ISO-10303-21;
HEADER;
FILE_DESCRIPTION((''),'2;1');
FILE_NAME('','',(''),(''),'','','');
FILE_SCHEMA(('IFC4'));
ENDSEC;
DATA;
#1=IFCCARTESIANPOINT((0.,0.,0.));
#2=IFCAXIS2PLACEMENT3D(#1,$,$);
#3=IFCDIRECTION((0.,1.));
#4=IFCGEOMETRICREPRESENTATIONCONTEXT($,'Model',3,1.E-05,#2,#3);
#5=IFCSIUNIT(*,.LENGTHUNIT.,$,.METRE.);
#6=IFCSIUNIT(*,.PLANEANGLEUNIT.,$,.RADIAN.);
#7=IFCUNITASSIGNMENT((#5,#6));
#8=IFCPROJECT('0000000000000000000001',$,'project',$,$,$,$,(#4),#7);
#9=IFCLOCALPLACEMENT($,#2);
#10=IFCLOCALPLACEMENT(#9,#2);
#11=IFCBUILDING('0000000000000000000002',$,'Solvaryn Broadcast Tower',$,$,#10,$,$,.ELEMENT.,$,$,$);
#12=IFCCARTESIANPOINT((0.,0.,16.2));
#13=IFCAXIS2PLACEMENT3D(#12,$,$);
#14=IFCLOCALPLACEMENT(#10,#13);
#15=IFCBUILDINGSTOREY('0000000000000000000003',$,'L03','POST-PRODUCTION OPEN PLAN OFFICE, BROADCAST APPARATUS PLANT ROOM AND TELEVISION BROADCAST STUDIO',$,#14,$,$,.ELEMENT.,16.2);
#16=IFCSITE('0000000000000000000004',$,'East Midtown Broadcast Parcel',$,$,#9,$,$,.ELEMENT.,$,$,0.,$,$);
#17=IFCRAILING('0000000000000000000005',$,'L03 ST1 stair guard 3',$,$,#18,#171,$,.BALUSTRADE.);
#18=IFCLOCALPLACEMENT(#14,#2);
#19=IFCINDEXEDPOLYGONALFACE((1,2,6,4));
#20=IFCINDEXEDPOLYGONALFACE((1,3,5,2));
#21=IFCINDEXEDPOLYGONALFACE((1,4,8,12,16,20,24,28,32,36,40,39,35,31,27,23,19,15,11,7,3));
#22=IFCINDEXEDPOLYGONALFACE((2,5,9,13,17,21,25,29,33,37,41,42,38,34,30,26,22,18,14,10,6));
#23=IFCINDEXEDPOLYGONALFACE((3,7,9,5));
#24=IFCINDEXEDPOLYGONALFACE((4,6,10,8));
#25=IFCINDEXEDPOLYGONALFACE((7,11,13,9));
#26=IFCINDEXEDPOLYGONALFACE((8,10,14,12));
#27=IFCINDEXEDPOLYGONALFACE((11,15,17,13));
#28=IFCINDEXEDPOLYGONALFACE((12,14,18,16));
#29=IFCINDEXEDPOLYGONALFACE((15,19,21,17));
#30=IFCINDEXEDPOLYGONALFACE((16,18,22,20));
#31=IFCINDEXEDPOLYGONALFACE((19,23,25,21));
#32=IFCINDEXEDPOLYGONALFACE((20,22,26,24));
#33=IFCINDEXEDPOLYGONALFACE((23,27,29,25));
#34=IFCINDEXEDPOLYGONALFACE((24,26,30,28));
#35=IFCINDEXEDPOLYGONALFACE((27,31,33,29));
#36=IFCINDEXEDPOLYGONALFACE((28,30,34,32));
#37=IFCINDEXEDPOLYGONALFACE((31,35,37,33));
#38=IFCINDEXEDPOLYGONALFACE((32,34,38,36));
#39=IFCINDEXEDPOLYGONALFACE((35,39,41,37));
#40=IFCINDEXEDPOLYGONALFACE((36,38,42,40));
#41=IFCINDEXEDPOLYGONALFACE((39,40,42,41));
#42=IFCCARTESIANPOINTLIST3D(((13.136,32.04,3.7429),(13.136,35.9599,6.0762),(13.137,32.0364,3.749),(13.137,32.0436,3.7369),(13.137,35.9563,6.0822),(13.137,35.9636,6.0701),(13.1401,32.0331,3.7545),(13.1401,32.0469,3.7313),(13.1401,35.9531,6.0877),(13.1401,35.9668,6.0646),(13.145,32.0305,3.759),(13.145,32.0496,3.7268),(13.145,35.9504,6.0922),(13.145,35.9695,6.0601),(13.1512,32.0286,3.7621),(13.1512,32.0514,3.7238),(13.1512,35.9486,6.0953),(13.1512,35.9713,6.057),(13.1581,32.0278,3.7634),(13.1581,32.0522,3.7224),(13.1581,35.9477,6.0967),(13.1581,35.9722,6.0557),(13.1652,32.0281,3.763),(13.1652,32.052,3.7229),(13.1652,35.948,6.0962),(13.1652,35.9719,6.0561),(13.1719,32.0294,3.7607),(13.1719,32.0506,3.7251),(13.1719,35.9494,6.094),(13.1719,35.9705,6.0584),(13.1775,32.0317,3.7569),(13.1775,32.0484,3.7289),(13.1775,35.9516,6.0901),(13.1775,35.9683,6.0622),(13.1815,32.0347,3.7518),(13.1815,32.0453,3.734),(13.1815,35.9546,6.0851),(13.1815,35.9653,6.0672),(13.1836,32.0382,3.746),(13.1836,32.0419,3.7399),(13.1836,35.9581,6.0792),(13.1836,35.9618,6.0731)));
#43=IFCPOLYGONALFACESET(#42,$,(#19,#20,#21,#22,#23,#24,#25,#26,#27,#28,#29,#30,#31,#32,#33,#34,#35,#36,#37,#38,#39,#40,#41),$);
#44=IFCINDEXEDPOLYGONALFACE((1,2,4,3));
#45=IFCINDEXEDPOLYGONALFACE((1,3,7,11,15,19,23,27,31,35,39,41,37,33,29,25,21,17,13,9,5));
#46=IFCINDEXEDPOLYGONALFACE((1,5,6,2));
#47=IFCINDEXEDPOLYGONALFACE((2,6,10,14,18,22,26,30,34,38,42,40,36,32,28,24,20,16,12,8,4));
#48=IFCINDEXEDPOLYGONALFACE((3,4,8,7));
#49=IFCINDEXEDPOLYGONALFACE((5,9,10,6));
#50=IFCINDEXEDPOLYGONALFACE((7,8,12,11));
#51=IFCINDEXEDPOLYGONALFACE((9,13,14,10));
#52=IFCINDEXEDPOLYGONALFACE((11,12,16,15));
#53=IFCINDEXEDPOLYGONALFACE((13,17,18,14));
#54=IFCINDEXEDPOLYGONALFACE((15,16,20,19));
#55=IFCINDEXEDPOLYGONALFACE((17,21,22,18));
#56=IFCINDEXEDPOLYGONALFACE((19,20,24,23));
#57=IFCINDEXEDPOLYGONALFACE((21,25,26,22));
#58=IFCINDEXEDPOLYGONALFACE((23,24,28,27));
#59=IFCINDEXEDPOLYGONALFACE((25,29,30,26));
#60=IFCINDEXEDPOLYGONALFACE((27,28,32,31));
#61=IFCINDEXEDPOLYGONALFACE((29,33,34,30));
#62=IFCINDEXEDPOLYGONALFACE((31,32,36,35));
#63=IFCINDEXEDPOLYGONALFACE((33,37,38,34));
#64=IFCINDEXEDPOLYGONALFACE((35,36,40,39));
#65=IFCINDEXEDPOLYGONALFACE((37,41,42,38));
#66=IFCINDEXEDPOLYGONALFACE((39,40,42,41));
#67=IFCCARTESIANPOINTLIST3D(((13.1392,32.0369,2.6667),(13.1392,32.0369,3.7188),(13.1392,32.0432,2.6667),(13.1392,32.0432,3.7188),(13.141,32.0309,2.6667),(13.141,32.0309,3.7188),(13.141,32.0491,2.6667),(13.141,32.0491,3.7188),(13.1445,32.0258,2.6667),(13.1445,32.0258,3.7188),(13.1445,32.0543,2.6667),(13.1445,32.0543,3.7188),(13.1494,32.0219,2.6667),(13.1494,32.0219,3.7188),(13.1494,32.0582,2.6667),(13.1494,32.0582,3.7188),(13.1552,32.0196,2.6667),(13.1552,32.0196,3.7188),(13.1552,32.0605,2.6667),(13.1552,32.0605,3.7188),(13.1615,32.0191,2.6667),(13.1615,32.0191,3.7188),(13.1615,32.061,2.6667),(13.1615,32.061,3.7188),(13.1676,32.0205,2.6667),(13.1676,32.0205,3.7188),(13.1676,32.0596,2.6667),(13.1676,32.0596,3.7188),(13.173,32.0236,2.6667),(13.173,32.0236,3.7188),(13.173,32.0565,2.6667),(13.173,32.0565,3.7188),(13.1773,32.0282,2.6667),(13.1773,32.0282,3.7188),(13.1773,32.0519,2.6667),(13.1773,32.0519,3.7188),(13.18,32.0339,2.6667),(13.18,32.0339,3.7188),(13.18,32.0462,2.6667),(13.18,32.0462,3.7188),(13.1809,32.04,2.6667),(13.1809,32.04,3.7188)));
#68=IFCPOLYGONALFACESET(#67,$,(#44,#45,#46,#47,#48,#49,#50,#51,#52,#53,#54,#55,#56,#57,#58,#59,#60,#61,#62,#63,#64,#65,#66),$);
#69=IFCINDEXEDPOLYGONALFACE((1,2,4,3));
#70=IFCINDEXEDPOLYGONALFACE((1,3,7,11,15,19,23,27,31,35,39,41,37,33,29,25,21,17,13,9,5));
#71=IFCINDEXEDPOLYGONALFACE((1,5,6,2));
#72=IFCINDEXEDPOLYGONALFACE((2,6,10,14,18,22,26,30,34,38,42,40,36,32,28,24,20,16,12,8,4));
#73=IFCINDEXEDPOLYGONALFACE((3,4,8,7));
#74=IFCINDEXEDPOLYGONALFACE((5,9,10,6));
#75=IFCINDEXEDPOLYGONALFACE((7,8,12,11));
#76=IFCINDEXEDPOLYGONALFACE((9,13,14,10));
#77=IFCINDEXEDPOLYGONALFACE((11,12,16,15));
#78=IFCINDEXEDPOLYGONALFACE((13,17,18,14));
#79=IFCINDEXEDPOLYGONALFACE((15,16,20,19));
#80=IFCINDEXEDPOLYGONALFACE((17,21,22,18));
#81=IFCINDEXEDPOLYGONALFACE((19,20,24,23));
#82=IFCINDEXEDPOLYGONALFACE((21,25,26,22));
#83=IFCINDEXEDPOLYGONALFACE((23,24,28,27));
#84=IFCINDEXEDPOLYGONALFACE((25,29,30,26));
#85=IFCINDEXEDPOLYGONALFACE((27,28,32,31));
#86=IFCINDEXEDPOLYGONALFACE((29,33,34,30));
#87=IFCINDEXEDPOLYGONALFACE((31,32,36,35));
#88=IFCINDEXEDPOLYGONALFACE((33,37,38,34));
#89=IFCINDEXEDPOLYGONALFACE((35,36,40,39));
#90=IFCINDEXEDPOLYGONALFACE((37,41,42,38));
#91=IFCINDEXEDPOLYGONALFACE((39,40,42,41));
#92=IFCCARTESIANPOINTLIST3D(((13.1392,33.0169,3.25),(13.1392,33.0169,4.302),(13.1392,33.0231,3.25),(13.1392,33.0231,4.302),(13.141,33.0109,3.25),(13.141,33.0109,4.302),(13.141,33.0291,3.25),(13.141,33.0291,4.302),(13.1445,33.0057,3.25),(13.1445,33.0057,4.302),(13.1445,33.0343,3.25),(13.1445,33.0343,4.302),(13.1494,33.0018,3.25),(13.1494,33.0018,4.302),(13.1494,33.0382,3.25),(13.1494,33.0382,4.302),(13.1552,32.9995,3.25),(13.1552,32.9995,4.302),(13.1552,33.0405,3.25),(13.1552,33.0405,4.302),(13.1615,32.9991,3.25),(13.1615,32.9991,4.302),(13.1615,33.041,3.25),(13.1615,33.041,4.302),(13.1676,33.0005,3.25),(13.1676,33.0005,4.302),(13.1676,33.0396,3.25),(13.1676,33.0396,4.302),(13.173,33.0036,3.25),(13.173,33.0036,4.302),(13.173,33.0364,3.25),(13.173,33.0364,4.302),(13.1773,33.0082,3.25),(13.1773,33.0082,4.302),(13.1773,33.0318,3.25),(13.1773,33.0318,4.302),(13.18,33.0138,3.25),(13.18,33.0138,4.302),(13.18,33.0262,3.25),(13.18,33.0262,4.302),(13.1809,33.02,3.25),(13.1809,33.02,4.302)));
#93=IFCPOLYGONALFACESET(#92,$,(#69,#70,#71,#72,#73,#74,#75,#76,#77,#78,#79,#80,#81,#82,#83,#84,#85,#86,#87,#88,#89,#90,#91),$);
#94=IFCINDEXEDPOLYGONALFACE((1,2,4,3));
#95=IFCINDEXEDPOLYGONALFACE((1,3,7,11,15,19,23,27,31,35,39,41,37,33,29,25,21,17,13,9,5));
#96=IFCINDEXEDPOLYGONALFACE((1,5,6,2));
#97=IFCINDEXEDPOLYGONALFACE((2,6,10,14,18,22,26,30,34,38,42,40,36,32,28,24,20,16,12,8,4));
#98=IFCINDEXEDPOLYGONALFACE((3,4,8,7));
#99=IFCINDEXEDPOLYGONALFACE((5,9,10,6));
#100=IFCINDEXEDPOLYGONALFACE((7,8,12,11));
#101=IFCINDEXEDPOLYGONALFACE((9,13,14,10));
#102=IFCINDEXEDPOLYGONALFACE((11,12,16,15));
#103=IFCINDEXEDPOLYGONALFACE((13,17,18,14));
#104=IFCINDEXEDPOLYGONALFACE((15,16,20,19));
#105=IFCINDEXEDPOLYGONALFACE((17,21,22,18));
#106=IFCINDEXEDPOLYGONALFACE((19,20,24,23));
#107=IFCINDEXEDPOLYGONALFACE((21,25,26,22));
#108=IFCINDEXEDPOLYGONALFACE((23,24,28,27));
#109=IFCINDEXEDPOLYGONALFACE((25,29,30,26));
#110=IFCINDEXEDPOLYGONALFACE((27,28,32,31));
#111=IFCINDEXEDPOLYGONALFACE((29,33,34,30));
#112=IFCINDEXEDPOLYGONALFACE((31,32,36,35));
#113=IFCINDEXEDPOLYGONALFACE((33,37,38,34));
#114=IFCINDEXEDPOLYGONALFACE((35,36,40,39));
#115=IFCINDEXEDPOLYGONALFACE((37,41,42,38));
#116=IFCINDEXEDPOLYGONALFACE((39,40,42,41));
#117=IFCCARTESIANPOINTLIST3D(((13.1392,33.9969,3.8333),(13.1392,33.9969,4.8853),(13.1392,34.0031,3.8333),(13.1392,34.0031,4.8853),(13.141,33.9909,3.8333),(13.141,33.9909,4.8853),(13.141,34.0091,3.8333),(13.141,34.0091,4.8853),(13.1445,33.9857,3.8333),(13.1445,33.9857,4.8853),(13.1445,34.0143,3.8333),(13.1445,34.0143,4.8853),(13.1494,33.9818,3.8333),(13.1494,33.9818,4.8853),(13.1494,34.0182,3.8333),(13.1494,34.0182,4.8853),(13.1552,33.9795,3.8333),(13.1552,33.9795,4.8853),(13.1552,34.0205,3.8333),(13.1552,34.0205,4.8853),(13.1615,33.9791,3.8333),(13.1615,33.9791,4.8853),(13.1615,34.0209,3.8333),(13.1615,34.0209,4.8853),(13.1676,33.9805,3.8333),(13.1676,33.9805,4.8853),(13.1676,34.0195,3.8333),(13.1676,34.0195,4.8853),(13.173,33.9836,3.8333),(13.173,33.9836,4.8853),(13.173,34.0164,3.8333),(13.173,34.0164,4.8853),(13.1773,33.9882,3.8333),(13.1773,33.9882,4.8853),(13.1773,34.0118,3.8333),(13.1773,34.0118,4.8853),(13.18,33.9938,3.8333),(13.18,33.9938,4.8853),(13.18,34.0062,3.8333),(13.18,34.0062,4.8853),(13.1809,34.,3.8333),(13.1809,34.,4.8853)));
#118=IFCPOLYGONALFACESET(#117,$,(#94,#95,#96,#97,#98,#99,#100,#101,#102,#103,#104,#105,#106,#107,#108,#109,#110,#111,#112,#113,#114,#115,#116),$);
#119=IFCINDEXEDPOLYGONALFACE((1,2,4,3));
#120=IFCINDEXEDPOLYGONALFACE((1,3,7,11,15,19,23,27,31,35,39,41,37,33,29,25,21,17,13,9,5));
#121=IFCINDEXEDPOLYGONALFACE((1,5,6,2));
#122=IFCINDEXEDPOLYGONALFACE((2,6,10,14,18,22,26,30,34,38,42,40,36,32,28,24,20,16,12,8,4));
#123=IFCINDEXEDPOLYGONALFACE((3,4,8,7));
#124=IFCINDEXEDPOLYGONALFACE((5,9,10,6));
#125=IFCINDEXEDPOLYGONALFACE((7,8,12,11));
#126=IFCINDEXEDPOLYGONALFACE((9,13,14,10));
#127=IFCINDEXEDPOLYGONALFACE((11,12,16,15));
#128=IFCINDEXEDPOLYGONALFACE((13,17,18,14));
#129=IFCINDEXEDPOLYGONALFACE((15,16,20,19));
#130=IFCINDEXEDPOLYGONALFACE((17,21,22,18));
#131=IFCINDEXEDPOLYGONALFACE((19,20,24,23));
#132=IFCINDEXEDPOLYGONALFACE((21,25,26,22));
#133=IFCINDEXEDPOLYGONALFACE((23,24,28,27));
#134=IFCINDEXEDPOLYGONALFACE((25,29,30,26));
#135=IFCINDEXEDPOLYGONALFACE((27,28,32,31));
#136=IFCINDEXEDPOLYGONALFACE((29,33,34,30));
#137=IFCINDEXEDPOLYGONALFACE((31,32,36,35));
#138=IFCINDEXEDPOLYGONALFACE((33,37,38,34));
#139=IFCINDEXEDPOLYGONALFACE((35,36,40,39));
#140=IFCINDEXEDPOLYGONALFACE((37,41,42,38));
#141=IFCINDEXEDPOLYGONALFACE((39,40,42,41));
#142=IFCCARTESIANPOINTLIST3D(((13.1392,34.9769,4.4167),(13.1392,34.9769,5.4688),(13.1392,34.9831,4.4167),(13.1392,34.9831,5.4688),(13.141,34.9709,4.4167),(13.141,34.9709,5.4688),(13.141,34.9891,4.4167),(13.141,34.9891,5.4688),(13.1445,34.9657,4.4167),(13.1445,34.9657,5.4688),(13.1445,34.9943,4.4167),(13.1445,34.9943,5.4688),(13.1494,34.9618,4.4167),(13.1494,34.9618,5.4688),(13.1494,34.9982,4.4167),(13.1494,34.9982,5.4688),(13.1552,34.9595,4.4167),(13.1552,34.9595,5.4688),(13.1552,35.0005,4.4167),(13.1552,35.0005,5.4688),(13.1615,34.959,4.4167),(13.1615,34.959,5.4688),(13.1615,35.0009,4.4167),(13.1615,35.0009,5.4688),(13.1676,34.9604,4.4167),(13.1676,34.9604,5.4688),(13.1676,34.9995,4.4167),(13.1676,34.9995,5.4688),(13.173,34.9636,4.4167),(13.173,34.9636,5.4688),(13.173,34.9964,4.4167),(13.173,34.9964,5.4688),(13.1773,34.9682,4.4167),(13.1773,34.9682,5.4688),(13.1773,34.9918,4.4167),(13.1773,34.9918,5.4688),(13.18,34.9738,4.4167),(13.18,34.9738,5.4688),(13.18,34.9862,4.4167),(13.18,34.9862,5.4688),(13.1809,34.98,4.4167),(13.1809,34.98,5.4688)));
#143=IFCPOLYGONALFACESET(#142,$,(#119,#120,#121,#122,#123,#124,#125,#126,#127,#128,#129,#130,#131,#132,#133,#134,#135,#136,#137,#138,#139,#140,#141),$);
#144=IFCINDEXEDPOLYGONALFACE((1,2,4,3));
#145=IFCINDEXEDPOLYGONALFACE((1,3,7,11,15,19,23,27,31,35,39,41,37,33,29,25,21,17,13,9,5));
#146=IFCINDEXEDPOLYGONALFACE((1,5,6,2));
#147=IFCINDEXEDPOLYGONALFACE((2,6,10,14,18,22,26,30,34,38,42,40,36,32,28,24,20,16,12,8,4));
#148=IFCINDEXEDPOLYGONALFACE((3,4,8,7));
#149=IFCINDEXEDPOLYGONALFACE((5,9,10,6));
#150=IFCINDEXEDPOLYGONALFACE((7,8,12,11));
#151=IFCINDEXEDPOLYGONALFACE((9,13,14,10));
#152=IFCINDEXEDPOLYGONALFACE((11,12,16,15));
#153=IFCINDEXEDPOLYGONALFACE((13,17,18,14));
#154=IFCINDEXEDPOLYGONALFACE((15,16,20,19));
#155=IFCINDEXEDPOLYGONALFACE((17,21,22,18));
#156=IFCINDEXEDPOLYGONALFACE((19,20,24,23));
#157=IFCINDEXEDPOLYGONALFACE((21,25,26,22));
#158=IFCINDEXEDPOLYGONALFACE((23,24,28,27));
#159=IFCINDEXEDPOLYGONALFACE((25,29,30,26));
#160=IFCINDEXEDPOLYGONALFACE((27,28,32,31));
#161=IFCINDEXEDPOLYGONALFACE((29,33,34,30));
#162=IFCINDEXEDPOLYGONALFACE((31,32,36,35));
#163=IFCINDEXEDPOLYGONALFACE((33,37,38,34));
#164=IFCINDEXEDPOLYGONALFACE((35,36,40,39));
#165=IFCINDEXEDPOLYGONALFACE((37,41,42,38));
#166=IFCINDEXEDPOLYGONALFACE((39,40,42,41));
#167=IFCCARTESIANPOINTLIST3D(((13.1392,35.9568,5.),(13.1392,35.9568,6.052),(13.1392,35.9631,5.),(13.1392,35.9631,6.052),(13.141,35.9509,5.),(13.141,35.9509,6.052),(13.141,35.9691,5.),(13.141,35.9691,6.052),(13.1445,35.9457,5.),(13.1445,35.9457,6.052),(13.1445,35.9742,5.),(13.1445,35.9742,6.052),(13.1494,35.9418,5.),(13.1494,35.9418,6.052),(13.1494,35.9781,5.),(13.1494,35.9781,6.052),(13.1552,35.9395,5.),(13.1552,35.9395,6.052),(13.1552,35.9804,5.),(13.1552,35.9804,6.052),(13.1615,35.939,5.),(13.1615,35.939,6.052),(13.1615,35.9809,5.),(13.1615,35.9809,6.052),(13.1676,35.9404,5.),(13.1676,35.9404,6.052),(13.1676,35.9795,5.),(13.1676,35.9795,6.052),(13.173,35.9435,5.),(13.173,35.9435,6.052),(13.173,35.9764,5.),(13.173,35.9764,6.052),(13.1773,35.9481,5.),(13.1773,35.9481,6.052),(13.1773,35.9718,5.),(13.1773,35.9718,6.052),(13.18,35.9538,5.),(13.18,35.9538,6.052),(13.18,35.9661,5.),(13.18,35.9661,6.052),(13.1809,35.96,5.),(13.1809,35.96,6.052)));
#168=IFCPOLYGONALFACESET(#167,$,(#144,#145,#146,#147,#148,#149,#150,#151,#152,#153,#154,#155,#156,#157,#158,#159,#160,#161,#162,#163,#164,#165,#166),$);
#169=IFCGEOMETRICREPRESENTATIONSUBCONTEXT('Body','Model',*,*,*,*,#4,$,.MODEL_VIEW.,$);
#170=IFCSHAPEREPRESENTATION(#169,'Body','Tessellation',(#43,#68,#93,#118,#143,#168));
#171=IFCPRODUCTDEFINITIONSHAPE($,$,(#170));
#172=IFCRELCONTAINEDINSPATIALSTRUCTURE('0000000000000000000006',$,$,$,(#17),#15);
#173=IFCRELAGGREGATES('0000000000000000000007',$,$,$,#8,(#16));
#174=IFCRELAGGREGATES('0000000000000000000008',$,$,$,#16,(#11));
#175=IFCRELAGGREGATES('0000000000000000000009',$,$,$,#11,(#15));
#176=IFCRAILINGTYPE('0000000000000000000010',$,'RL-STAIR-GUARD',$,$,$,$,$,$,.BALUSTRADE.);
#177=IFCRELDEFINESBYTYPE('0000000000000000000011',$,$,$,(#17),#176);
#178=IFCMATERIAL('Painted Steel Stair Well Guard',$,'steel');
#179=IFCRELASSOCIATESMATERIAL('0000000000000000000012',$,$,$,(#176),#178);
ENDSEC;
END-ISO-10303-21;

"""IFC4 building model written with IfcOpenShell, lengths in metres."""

from ifc_helpers import new_model, si_unit, direction, frame, origin, origin_2d, place, context, subcontext, project, spatial, circle, extrude, material, type_object, element, save


model = new_model("IFC4")

# Units and contexts
model_context = context("Model", 3, precision=1e-05, world=origin(), true_north=direction((0.0, 1.0)))
body_context = subcontext(model_context, "Body", "Model", "MODEL_VIEW")
ifc_project = project(units=[si_unit("LENGTHUNIT", "METRE"), si_unit("PLANEANGLEUNIT", "RADIAN")], contexts=[model_context])

# Site, building, storey
site_placement = place(None, origin())
site = spatial("IfcSite", under=ifc_project, at=site_placement, Name="East Midtown Broadcast Parcel", CompositionType="ELEMENT", RefElevation=0.0)
building_placement = place(site_placement, origin())
building = spatial("IfcBuilding", under=site, at=building_placement, Name="Solvaryn Broadcast Tower", CompositionType="ELEMENT")
storey_placement = place(building_placement, frame((0.0, 0.0, 16.2)))
storey = spatial("IfcBuildingStorey", under=building, at=storey_placement, Name="L03", Description="POST-PRODUCTION OPEN PLAN OFFICE, BROADCAST APPARATUS PLANT ROOM AND TELEVISION BROADCAST STUDIO", CompositionType="ELEMENT", Elevation=16.2)

# Railing
ifc_material_1 = material(Name="Painted Steel Stair Well Guard", Category="steel")
railing_type_1 = type_object("IfcRailingType", Name="RL-STAIR-GUARD", PredefinedType="BALUSTRADE", material=ifc_material_1)
railing_1_placement = place(storey_placement, frame((13.1599, 32.04, 2.6667)))
element("IfcRailing", 1, at=railing_1_placement, inside=storey, type_object=railing_type_1, Name="L03 ST1 stair guard 3", PredefinedType="BALUSTRADE", context=body_context, shape_type="SweptSolid", body=[
    extrude(circle(Radius=0.0239, at=origin_2d()), frame((0.0, 0.0, 1.0762), z_axis=(0.0, 0.859296, 0.511478), x_axis=(-1.0, 0.0, 0.0)), (0.0, 0.0, 1.0), 4.5618),
    extrude(circle(Radius=0.021, at=origin_2d()), origin(), (0.0, 0.0, 1.0), 1.052),
    extrude(circle(Radius=0.021, at=origin_2d()), frame((0.0, 0.98, 0.5833)), (0.0, 0.0, 1.0), 1.052),
    extrude(circle(Radius=0.021, at=origin_2d()), frame((0.0, 1.96, 1.1665)), (0.0, 0.0, 1.0), 1.052),
    extrude(circle(Radius=0.021, at=origin_2d()), frame((0.0, 2.9399, 1.75)), (0.0, 0.0, 1.0), 1.052),
    extrude(circle(Radius=0.021, at=origin_2d()), frame((0.0, 3.9199, 2.3333)), (0.0, 0.0, 1.0), 1.052),
])

save(model, "model.ifc")
